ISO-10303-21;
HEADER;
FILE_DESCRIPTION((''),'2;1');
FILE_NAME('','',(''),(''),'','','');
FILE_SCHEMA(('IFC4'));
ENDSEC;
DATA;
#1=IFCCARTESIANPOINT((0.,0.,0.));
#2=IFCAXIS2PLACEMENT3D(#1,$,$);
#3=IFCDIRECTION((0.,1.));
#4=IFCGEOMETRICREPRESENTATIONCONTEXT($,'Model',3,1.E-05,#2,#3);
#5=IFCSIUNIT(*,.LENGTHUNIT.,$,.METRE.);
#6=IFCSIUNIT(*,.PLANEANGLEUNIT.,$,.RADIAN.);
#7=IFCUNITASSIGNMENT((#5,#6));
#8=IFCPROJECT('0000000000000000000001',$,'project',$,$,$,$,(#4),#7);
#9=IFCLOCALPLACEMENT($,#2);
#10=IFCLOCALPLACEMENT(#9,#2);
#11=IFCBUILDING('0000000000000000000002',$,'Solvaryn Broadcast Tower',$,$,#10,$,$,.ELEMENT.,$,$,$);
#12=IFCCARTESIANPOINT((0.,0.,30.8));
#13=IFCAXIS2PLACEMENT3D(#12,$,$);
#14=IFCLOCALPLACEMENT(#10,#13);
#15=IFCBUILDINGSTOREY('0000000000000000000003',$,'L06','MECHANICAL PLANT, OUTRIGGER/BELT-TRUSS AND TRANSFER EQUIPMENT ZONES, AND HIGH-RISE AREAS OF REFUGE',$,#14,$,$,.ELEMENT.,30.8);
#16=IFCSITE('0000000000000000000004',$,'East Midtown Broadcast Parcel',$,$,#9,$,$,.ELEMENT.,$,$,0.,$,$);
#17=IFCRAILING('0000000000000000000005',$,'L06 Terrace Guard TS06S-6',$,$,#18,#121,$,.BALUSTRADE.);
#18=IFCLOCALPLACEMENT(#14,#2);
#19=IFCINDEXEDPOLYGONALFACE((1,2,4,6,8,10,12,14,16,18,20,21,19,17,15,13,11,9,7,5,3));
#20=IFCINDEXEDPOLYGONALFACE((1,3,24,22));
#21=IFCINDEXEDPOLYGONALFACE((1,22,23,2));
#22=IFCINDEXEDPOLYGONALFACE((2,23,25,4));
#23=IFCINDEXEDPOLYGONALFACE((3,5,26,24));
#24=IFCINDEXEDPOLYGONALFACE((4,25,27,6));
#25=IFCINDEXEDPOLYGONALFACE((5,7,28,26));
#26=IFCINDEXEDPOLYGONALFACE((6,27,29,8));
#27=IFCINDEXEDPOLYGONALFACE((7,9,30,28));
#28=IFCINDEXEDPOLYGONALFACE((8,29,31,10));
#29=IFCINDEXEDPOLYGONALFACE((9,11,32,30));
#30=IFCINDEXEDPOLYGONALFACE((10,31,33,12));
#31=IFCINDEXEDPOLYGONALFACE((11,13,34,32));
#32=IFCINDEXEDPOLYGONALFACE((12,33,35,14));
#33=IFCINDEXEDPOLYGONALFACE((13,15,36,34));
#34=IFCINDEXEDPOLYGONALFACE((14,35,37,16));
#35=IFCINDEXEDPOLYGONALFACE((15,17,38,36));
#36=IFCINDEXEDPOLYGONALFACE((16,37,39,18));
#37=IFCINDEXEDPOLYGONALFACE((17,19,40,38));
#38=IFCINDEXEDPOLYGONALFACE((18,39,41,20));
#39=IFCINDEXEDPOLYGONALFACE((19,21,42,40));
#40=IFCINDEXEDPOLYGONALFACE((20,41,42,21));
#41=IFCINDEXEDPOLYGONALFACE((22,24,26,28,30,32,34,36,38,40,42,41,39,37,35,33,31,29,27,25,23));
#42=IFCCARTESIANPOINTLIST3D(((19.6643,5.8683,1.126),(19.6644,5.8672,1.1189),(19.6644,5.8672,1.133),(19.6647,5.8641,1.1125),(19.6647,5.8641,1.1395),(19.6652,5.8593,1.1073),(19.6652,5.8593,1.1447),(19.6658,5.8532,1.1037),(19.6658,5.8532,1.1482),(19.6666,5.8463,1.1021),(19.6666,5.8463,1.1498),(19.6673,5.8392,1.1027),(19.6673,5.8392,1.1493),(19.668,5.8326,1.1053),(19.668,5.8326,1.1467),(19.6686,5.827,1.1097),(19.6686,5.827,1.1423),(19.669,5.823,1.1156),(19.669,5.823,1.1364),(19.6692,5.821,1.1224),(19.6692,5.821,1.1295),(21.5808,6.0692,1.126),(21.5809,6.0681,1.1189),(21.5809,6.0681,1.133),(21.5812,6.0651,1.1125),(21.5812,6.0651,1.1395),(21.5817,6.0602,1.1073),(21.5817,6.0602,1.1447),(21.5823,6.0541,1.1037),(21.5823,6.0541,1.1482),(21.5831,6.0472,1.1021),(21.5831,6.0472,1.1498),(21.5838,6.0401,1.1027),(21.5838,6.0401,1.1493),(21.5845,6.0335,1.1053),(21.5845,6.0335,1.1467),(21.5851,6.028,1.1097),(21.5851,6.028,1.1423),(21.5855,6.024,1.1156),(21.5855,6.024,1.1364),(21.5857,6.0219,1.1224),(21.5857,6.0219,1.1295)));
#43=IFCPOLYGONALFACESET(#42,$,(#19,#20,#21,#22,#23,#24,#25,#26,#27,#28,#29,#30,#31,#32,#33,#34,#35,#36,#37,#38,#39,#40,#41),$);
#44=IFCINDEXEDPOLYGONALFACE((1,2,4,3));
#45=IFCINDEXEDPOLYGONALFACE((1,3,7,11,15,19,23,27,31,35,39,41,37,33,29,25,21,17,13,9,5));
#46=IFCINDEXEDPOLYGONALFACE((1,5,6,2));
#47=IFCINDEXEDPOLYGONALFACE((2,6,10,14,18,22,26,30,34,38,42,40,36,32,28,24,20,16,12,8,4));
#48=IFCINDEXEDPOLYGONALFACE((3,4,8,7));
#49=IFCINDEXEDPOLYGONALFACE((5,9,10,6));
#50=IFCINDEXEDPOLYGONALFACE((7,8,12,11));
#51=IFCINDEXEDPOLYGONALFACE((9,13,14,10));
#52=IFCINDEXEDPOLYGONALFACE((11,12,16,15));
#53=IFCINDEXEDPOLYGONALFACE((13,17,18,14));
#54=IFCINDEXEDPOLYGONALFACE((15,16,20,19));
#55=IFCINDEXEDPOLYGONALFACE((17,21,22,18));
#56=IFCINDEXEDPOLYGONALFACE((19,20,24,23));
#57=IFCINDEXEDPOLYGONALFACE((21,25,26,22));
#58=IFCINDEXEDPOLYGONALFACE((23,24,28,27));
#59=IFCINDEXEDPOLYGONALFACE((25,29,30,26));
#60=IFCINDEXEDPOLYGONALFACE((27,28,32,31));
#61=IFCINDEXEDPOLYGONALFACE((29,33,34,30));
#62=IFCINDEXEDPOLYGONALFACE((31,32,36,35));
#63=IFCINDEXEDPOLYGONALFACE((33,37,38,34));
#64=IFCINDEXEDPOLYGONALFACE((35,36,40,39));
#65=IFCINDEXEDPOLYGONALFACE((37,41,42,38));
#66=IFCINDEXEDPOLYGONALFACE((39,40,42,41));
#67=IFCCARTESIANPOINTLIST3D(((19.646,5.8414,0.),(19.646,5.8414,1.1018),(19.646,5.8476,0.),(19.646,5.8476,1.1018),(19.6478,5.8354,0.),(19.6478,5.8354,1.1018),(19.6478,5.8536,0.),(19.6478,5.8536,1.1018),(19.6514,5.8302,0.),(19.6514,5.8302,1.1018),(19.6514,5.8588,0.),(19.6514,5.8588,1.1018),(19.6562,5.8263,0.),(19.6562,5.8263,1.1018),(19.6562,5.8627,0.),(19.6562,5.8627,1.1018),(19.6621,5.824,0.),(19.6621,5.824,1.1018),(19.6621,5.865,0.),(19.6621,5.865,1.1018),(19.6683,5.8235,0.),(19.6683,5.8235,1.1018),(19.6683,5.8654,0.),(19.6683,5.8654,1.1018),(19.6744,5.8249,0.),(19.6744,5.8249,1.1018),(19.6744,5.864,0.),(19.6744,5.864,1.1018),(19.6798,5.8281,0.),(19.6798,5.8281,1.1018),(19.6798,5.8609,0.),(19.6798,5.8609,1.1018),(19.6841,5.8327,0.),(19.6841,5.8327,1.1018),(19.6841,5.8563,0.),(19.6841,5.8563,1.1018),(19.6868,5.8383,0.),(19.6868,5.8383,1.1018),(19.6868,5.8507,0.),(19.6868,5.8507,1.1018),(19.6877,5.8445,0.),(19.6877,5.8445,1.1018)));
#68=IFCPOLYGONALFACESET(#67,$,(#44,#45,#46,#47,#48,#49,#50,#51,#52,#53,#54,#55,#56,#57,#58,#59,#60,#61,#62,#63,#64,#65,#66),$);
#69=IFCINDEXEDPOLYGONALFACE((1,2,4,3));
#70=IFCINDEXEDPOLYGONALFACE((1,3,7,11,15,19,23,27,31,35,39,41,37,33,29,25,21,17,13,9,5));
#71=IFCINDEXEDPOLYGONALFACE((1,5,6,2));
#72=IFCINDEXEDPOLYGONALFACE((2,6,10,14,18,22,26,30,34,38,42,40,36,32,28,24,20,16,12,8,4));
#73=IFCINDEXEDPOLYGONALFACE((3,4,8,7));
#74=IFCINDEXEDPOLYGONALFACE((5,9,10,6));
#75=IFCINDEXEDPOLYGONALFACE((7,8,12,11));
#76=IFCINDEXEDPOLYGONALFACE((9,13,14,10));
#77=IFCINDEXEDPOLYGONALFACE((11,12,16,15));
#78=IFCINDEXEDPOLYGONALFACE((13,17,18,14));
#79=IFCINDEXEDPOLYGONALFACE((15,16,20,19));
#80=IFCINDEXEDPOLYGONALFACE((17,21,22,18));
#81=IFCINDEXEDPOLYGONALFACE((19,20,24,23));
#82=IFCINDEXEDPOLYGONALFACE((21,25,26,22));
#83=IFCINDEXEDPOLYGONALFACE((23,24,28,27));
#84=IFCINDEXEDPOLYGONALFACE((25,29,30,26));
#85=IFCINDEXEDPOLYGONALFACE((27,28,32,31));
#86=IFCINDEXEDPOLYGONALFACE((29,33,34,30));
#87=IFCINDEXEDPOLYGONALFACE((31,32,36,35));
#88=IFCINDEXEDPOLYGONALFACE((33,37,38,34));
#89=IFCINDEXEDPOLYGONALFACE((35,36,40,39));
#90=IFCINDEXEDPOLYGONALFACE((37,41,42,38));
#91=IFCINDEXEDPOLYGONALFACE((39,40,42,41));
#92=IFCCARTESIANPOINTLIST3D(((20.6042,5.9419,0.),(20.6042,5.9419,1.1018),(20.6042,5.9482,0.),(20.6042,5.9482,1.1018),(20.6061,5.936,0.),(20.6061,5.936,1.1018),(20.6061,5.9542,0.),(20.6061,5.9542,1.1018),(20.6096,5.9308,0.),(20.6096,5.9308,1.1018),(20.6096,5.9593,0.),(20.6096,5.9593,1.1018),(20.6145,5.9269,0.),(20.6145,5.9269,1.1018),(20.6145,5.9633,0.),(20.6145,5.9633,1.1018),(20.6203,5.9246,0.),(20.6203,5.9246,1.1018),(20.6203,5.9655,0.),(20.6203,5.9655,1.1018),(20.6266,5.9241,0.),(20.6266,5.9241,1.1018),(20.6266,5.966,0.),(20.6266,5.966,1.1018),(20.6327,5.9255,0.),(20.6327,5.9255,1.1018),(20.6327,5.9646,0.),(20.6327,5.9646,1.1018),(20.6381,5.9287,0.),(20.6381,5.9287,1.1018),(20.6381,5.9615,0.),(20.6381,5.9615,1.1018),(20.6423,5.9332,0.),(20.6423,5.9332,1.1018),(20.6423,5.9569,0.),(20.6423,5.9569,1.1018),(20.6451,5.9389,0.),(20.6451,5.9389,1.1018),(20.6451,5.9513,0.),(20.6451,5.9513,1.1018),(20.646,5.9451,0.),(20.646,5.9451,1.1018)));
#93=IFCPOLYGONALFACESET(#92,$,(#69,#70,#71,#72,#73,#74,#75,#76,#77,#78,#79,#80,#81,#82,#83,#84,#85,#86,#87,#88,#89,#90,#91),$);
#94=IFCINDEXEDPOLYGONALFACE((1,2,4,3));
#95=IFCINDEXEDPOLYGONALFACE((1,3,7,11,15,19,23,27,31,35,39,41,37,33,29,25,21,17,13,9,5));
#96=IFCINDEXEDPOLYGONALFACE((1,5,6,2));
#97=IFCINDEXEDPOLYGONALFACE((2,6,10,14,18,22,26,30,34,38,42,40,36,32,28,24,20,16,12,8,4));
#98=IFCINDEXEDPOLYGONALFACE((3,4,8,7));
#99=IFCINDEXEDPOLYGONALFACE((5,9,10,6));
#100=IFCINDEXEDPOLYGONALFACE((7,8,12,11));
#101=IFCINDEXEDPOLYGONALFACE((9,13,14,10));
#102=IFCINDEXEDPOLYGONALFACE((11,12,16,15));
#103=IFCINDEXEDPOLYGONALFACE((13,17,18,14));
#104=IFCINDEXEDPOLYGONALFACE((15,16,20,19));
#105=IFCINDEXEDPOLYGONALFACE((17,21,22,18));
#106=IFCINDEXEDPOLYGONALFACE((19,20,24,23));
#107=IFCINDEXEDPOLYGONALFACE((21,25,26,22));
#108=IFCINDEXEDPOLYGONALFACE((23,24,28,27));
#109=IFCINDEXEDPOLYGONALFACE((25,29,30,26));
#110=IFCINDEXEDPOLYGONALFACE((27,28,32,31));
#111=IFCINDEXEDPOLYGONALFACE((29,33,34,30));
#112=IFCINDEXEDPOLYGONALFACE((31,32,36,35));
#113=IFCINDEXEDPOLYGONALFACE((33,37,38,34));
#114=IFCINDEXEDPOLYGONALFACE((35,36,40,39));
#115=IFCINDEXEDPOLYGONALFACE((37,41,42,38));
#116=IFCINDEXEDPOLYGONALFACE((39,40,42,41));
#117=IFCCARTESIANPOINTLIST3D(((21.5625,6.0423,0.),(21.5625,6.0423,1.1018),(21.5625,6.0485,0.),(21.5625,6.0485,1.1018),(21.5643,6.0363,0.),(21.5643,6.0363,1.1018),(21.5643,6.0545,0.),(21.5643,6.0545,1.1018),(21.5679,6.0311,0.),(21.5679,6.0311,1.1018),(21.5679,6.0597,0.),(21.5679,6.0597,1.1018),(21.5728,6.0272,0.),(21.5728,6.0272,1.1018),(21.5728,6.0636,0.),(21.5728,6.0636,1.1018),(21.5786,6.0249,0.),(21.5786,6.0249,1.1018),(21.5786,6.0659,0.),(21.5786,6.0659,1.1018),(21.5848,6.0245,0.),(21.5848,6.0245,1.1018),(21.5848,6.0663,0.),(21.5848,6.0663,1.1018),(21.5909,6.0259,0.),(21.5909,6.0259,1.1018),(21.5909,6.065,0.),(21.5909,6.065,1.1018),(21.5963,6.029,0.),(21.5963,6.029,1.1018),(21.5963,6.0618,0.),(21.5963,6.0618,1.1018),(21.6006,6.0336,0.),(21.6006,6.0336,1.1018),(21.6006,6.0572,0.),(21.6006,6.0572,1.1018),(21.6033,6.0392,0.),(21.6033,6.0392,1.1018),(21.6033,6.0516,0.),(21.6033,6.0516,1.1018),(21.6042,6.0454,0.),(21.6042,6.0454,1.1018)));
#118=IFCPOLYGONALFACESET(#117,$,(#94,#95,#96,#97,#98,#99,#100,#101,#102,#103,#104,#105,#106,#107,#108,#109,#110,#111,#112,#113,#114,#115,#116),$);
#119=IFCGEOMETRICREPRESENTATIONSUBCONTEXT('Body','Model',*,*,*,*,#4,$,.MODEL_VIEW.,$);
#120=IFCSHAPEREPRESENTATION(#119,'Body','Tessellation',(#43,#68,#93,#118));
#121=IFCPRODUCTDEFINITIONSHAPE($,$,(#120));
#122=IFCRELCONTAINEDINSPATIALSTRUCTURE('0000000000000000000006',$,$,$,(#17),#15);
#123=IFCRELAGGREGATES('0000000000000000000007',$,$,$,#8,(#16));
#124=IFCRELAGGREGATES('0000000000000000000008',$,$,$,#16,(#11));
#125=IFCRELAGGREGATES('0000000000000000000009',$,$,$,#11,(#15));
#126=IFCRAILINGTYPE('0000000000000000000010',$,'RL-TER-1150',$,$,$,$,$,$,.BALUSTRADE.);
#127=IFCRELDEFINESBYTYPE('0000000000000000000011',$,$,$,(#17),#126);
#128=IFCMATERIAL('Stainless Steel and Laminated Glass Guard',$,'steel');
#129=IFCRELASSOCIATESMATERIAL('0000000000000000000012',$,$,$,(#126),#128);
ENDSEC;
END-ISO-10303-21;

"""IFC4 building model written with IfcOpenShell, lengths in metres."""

from ifc_helpers import new_model, si_unit, direction, frame, origin, origin_2d, place, context, subcontext, project, spatial, circle, extrude, material, type_object, element, save


model = new_model("IFC4")

# Units and contexts
model_context = context("Model", 3, precision=1e-05, world=origin(), true_north=direction((0.0, 1.0)))
body_context = subcontext(model_context, "Body", "Model", "MODEL_VIEW")
ifc_project = project(units=[si_unit("LENGTHUNIT", "METRE"), si_unit("PLANEANGLEUNIT", "RADIAN")], contexts=[model_context])

# Site, building, storey
site_placement = place(None, origin())
site = spatial("IfcSite", under=ifc_project, at=site_placement, Name="East Midtown Broadcast Parcel", CompositionType="ELEMENT", RefElevation=0.0)
building_placement = place(site_placement, origin())
building = spatial("IfcBuilding", under=site, at=building_placement, Name="Solvaryn Broadcast Tower", CompositionType="ELEMENT")
storey_placement = place(building_placement, frame((0.0, 0.0, 30.8)))
storey = spatial("IfcBuildingStorey", under=building, at=storey_placement, Name="L06", Description="MECHANICAL PLANT, OUTRIGGER/BELT-TRUSS AND TRANSFER EQUIPMENT ZONES, AND HIGH-RISE AREAS OF REFUGE", CompositionType="ELEMENT", Elevation=30.8)

# Railing
ifc_material_1 = material(Name="Stainless Steel and Laminated Glass Guard", Category="steel")
railing_type = type_object("IfcRailingType", Name="RL-TER-1150", PredefinedType="BALUSTRADE", material=ifc_material_1)
railing_1_placement = place(storey_placement, frame((19.6667, 5.8445, 0.0)))
element("IfcRailing", 1, at=railing_1_placement, inside=storey, type_object=railing_type, Name="L06 Terrace Guard TS06S-6", PredefinedType="BALUSTRADE", context=body_context, shape_type="SweptSolid", body=[
    extrude(circle(Radius=0.0239, at=origin_2d()), frame((0.0, 0.0, 1.126), z_axis=(0.994549, 0.104269, 0.0), x_axis=(-0.104269, 0.994549, 0.0)), (0.0, 0.0, 1.0), 1.927),
    extrude(circle(Radius=0.021, at=origin_2d()), origin(), (0.0, 0.0, 1.0), 1.1018),
    extrude(circle(Radius=0.021, at=origin_2d()), frame((0.9583, 0.1006, 0.0)), (0.0, 0.0, 1.0), 1.1018),
    extrude(circle(Radius=0.021, at=origin_2d()), frame((1.9165, 0.2009, 0.0)), (0.0, 0.0, 1.0), 1.1018),
])

save(model, "model.ifc")
